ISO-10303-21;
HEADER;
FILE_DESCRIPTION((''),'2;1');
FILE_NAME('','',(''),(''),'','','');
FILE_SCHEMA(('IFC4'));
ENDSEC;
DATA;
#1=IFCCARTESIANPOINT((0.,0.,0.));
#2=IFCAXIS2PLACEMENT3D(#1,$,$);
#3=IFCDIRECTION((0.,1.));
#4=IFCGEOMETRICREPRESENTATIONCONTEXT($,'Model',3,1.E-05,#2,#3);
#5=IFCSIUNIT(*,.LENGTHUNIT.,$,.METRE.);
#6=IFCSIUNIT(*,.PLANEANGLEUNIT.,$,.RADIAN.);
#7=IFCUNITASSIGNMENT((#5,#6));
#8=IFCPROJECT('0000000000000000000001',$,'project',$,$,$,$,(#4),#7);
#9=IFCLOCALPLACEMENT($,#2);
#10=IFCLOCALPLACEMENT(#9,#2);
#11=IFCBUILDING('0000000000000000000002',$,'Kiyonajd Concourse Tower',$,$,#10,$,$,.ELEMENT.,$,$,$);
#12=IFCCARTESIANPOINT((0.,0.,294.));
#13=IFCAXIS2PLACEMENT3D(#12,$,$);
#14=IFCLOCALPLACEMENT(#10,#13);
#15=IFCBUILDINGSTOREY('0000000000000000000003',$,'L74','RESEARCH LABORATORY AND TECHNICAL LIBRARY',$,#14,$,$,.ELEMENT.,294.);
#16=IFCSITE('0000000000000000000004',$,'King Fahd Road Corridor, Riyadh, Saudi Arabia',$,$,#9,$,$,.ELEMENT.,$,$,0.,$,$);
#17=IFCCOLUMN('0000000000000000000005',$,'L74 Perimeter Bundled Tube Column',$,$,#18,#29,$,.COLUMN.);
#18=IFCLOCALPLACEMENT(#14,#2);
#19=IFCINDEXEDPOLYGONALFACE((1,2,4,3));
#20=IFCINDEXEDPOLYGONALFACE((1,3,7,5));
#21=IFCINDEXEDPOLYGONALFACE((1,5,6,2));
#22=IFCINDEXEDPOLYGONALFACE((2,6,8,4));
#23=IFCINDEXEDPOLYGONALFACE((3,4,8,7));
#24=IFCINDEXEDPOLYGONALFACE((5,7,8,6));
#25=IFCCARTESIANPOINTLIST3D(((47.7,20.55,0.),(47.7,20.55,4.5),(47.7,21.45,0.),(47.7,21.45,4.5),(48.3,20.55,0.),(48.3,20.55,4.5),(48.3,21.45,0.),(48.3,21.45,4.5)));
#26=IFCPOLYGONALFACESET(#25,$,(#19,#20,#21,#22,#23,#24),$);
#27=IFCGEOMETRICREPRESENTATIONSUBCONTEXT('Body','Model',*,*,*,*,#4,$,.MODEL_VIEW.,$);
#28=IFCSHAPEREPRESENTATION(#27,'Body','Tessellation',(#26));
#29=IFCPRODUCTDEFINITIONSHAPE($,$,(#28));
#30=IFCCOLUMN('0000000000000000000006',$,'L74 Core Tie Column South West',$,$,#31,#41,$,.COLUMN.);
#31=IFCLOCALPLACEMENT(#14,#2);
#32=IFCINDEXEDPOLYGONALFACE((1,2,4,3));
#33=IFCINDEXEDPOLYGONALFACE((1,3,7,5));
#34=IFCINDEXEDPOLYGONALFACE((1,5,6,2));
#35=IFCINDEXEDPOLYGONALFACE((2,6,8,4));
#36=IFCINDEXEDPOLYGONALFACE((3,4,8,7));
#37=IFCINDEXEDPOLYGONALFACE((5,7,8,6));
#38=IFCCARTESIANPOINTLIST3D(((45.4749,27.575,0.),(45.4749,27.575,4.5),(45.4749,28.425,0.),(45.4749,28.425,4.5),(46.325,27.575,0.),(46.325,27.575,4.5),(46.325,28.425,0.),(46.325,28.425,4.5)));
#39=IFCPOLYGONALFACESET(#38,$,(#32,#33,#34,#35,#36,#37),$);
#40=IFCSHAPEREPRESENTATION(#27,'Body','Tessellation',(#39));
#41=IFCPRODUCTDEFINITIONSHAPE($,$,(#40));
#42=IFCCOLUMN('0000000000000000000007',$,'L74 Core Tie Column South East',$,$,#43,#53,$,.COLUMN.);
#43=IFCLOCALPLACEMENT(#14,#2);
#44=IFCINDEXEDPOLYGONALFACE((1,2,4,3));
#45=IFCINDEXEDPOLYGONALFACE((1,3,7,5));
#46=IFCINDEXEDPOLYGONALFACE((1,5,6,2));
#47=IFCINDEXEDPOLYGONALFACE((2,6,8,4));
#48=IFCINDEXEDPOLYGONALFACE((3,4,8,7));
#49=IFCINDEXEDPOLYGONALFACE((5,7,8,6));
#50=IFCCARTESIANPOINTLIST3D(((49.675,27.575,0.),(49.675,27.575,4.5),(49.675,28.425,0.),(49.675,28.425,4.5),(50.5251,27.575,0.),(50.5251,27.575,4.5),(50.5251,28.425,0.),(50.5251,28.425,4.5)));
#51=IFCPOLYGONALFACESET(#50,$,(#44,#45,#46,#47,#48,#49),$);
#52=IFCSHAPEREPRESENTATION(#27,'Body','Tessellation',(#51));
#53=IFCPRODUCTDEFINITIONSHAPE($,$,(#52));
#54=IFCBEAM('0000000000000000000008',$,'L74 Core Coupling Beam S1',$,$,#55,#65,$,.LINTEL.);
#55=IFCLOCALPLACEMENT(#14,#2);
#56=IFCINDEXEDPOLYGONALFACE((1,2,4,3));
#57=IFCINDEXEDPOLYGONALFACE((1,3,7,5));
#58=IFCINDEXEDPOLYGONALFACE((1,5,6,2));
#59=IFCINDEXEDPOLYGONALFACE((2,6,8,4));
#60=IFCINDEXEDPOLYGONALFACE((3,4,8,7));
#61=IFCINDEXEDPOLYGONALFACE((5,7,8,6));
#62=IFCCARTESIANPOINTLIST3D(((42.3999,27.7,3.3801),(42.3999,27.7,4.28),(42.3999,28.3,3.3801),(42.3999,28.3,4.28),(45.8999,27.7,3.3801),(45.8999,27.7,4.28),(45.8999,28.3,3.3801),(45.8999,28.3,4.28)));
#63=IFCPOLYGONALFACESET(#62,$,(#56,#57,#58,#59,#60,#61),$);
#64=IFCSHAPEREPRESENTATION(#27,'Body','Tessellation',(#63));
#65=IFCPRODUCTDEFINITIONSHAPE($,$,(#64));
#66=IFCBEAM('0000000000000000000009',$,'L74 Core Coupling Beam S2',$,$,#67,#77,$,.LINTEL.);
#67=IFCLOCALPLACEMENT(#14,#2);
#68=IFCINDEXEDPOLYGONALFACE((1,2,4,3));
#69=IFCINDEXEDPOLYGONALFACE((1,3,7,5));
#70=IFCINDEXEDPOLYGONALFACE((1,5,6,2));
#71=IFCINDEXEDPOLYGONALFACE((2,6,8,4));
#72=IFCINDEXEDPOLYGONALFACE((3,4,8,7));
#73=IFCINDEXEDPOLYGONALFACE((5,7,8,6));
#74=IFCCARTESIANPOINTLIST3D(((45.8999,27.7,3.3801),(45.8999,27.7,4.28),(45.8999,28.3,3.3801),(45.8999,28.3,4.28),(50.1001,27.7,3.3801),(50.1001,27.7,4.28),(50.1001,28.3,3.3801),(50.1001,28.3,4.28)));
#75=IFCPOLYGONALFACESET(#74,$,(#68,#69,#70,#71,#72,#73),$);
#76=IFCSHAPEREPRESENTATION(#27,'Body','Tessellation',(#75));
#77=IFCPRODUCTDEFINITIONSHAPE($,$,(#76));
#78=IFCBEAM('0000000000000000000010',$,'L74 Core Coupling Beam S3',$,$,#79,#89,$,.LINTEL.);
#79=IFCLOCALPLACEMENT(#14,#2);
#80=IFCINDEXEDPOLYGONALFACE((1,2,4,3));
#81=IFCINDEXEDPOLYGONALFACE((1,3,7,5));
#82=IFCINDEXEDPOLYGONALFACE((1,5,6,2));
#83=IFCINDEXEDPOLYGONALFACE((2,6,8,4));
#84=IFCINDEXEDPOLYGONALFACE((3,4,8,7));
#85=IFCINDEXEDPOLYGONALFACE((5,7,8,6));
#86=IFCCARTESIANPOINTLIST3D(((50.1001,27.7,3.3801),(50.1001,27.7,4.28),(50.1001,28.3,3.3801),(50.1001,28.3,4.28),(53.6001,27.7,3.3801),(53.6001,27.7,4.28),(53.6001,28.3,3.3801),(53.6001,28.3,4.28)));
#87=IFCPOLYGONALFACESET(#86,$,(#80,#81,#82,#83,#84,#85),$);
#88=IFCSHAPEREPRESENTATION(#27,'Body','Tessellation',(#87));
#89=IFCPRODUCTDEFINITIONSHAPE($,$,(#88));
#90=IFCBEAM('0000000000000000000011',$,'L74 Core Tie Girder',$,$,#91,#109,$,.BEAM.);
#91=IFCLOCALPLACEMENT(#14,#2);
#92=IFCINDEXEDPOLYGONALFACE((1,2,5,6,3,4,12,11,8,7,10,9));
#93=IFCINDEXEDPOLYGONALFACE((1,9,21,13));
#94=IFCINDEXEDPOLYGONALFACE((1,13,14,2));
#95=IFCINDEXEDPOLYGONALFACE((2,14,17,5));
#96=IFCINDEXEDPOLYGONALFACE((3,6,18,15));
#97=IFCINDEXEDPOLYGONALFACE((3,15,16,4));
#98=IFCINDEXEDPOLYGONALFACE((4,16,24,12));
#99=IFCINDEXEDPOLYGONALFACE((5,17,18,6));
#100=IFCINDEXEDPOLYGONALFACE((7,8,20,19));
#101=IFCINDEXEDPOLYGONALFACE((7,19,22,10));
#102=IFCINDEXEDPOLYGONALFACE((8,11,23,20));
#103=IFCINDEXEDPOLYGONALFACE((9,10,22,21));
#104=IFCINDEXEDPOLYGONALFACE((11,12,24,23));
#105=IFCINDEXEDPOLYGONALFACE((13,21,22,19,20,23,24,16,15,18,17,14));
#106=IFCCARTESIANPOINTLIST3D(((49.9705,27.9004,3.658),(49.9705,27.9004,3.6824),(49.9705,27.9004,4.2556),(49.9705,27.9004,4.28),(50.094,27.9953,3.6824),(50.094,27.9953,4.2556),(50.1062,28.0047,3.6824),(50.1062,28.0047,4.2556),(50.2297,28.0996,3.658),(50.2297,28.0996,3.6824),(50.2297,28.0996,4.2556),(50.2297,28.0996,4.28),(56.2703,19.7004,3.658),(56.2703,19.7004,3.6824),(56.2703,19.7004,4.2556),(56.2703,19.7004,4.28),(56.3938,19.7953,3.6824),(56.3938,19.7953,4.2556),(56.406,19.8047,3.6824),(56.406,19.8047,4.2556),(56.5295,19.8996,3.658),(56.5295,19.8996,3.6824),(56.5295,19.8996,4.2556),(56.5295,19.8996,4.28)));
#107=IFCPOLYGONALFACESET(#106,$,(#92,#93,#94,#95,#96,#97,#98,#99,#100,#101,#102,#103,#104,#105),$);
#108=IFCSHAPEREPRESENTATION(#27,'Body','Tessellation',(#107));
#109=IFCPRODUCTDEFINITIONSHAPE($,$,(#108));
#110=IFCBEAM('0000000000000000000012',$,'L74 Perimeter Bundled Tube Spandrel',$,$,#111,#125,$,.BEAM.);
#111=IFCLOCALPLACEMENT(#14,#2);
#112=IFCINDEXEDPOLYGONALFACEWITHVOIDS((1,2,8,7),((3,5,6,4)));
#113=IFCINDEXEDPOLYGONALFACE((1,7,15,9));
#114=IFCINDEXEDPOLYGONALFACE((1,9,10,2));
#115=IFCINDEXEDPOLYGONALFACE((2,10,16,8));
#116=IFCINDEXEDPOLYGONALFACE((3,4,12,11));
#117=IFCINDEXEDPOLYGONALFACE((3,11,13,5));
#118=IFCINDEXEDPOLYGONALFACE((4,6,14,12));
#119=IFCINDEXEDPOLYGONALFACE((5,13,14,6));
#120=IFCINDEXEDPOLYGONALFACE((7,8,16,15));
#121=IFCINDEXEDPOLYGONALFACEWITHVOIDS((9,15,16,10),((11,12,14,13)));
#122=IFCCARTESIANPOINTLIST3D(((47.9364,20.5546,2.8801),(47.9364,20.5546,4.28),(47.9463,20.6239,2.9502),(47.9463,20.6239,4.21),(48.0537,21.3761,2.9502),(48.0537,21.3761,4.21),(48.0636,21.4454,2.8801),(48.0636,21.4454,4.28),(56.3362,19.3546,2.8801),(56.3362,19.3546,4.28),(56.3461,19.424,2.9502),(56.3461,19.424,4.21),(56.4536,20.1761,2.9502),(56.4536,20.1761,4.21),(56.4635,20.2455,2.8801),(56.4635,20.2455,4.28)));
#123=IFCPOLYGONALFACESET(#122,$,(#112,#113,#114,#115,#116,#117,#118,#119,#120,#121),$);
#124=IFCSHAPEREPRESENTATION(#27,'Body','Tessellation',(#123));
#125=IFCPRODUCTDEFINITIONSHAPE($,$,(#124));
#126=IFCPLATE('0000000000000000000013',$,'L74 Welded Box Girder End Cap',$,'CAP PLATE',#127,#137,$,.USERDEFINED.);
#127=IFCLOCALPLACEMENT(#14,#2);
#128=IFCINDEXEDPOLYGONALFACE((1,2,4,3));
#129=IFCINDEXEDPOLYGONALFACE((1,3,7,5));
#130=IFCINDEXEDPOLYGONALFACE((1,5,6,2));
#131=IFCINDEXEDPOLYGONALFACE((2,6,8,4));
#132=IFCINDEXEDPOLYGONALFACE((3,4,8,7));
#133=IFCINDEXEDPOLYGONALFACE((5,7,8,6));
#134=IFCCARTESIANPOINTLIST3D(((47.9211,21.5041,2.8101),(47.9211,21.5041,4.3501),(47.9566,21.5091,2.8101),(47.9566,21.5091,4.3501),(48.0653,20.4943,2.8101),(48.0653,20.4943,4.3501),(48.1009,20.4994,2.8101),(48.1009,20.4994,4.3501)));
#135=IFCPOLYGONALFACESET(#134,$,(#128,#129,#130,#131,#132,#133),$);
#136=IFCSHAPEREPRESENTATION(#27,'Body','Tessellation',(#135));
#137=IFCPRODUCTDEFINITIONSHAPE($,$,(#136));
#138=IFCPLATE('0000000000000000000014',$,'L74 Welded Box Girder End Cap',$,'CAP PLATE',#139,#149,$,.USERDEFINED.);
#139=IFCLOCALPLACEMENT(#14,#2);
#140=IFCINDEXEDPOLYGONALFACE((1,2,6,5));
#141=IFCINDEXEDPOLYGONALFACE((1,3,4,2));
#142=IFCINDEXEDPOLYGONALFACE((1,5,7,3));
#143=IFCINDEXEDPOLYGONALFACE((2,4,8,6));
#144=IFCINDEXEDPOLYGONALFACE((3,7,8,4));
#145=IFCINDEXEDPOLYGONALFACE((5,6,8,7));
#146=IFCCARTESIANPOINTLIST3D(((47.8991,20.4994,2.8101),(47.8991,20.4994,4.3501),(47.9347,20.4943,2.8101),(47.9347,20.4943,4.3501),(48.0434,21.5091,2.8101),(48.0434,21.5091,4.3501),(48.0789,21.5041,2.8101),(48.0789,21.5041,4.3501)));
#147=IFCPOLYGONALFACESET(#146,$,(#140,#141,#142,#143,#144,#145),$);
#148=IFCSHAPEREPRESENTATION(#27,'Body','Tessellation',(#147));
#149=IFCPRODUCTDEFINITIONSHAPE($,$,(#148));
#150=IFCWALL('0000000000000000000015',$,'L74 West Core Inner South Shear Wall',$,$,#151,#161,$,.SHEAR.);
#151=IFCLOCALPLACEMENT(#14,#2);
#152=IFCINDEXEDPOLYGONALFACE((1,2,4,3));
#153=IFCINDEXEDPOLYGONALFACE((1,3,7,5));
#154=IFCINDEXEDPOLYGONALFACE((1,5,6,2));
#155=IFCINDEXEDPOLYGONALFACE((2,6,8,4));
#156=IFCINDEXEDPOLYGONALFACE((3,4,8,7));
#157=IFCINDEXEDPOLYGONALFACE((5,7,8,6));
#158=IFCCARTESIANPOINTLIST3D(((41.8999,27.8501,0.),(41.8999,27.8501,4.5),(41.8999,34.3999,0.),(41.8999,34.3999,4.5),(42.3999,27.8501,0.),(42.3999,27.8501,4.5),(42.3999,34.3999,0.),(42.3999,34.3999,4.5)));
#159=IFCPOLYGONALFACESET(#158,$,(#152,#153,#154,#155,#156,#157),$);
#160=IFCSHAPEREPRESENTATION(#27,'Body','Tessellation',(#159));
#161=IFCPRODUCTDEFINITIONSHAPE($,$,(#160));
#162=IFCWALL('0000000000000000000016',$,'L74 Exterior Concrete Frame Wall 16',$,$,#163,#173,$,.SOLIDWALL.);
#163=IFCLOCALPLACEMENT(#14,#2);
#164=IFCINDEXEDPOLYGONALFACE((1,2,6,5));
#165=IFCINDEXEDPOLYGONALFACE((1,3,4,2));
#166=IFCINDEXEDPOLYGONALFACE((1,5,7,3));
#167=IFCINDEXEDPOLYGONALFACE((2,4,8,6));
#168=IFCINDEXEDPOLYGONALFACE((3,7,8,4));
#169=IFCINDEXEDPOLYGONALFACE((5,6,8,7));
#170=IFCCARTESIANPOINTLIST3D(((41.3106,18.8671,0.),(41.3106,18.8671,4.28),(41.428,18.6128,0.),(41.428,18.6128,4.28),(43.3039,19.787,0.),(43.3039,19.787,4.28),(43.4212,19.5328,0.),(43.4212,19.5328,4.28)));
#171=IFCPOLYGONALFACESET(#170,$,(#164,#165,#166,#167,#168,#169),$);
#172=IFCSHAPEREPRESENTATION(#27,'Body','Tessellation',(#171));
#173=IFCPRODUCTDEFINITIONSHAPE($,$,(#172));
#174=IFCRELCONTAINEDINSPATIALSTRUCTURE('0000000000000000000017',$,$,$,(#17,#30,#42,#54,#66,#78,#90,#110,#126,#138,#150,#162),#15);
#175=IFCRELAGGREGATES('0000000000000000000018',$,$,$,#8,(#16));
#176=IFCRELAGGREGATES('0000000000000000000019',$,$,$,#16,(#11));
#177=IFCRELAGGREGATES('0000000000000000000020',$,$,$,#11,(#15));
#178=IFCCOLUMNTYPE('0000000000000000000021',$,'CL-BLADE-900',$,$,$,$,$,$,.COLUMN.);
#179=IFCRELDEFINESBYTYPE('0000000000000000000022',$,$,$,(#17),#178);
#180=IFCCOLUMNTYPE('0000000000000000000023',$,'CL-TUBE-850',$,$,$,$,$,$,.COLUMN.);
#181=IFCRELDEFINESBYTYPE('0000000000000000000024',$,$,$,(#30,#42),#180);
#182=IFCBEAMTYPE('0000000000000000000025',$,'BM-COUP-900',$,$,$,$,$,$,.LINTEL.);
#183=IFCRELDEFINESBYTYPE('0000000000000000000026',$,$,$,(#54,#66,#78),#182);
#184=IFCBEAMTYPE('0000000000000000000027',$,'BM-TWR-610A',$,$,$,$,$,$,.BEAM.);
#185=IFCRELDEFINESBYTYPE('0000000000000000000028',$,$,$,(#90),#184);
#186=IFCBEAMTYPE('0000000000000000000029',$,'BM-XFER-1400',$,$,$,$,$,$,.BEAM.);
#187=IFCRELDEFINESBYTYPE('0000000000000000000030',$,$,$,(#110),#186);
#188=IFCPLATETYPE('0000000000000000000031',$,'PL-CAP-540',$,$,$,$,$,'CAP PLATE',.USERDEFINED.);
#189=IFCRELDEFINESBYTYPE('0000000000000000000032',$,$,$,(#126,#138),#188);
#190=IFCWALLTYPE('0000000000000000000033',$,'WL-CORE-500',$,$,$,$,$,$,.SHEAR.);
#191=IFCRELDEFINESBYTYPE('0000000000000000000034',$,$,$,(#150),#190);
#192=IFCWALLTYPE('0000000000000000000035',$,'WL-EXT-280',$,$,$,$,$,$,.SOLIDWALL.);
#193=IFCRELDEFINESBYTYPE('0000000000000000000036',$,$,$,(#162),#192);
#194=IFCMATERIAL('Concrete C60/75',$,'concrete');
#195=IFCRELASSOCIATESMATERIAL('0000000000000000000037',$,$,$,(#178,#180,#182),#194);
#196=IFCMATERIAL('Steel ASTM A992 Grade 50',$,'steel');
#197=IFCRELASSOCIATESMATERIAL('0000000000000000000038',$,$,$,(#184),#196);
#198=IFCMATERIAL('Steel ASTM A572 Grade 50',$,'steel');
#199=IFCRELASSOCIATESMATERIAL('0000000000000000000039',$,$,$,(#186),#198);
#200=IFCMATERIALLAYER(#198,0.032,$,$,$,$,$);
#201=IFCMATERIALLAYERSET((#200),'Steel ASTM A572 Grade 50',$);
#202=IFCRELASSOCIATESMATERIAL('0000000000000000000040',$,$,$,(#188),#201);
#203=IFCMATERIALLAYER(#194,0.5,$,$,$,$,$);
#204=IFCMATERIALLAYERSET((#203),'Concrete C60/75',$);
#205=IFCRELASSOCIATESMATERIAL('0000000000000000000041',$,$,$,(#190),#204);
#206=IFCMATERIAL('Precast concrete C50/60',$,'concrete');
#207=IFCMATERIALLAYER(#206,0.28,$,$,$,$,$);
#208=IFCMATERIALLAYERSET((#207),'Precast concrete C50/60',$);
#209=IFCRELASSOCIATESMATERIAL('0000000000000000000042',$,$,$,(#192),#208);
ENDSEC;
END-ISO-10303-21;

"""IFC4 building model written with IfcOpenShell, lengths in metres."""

from ifc_helpers import new_model, si_unit, direction, frame, frame_2d, origin, origin_2d, place, context, subcontext, project, spatial, rectangle, hollow_rectangle, i_section, extrude, material, layer, layer_set, material_profile, profile_set, type_object, element, save


model = new_model("IFC4")

# Units and contexts
model_context = context("Model", 3, precision=1e-05, world=origin(), true_north=direction((0.0, 1.0)))
body_context = subcontext(model_context, "Body", "Model", "MODEL_VIEW")
ifc_project = project(units=[si_unit("LENGTHUNIT", "METRE"), si_unit("PLANEANGLEUNIT", "RADIAN")], contexts=[model_context])

# Site, building, storey
site_placement = place(None, origin())
site = spatial("IfcSite", under=ifc_project, at=site_placement, Name="King Fahd Road Corridor, Riyadh, Saudi Arabia", CompositionType="ELEMENT", RefElevation=0.0)
building_placement = place(site_placement, origin())
building = spatial("IfcBuilding", under=site, at=building_placement, Name="Kiyonajd Concourse Tower", CompositionType="ELEMENT")
storey_placement = place(building_placement, frame((0.0, 0.0, 294.0)))
storey = spatial("IfcBuildingStorey", under=building, at=storey_placement, Name="L74", Description="RESEARCH LABORATORY AND TECHNICAL LIBRARY", CompositionType="ELEMENT", Elevation=294.0)

# Columns
ifc_material_1 = material(Name="Concrete C60/75", Category="concrete")
ifc_material_profile_1 = material_profile(ifc_material_1, rectangle(XDim=0.6001, YDim=0.8999, at=origin_2d()), Name="RC-900x600")
ifc_profile_set_1 = profile_set([ifc_material_profile_1], Name="Concrete C60/75")
column_type_1 = type_object("IfcColumnType", Name="CL-BLADE-900", PredefinedType="COLUMN", material=ifc_profile_set_1)
column_placement = place(storey_placement, frame((48.0, 21.0, 0.0), z_axis=(0.0, 0.0, 1.0), x_axis=(1.0, 0.0, 0.0)))
element("IfcColumn", 1, at=column_placement, inside=storey, type_object=column_type_1, Name="L74 Perimeter Bundled Tube Column", PredefinedType="COLUMN", context=body_context, shape_type="SweptSolid", body=[
    extrude(rectangle(XDim=0.6001, YDim=0.8999, at=origin_2d()), origin(), (0.0, 0.0, 1.0), 4.5),
])
ifc_material_profile_2 = material_profile(ifc_material_1, rectangle(XDim=0.8501, YDim=0.8501, at=origin_2d()), Name="RC-850x850")
ifc_profile_set_2 = profile_set([ifc_material_profile_2], Name="Concrete C60/75")
column_type_2 = type_object("IfcColumnType", Name="CL-TUBE-850", PredefinedType="COLUMN", material=ifc_profile_set_2)
for number, where, z_axis, x_axis, name in (
    (2, (45.8999, 28.0, 0.0), (0.0, 0.0, 1.0), (1.0, 0.0, 0.0), "L74 Core Tie Column South West"),
    (3, (50.1001, 28.0, 0.0), (0.0, 0.0, 1.0), (1.0, 0.0, 0.0), "L74 Core Tie Column South East"),
):
    element("IfcColumn", number, at=place(storey_placement, frame(where, z_axis=z_axis, x_axis=x_axis)), inside=storey, type_object=column_type_2, Name=name, PredefinedType="COLUMN", context=body_context, shape_type="SweptSolid", body=[
        extrude(rectangle(XDim=0.8501, YDim=0.8501, at=origin_2d()), origin(), (0.0, 0.0, 1.0), 4.5),
    ])

# Beams
ifc_material_profile_3 = material_profile(ifc_material_1, rectangle(XDim=0.6001, YDim=0.8999, at=origin_2d()), Name="RCBM-600x900")
ifc_profile_set_3 = profile_set([ifc_material_profile_3], Name="Concrete C60/75")
beam_type_1 = type_object("IfcBeamType", Name="BM-COUP-900", PredefinedType="LINTEL", material=ifc_profile_set_3)
beam_1_placement = place(storey_placement, frame((42.3999, 28.0, 3.8301), z_axis=(1.0, 0.0, 0.0), x_axis=(0.0, 1.0, 0.0)))
element("IfcBeam", 4, at=beam_1_placement, inside=storey, type_object=beam_type_1, Name="L74 Core Coupling Beam S1", PredefinedType="LINTEL", context=body_context, shape_type="SweptSolid", body=[
    extrude(rectangle(XDim=0.6001, YDim=0.8999, at=origin_2d()), origin(), (0.0, 0.0, 1.0), 3.5),
])
beam_2_placement = place(storey_placement, frame((45.8999, 28.0, 3.8301), z_axis=(1.0, 0.0, 0.0), x_axis=(0.0, 1.0, 0.0)))
element("IfcBeam", 5, at=beam_2_placement, inside=storey, type_object=beam_type_1, Name="L74 Core Coupling Beam S2", PredefinedType="LINTEL", context=body_context, shape_type="SweptSolid", body=[
    extrude(rectangle(XDim=0.6001, YDim=0.8999, at=origin_2d()), origin(), (0.0, 0.0, 1.0), 4.2002),
])
beam_3_placement = place(storey_placement, frame((50.1001, 28.0, 3.8301), z_axis=(1.0, 0.0, 0.0), x_axis=(0.0, 1.0, 0.0)))
element("IfcBeam", 6, at=beam_3_placement, inside=storey, type_object=beam_type_1, Name="L74 Core Coupling Beam S3", PredefinedType="LINTEL", context=body_context, shape_type="SweptSolid", body=[
    extrude(rectangle(XDim=0.6001, YDim=0.8999, at=origin_2d()), origin(), (0.0, 0.0, 1.0), 3.5),
])
ifc_material_2 = material(Name="Steel ASTM A992 Grade 50", Category="steel")
ifc_material_profile_4 = material_profile(ifc_material_2, i_section(OverallWidth=0.3269, OverallDepth=0.6221, WebThickness=0.0154, FlangeThickness=0.0244, at=origin_2d()), Name="W610X195")
ifc_profile_set_4 = profile_set([ifc_material_profile_4], Name="Steel ASTM A992 Grade 50")
beam_type_2 = type_object("IfcBeamType", Name="BM-TWR-610A", PredefinedType="BEAM", material=ifc_profile_set_4)
beam_4_placement = place(storey_placement, frame((50.1001, 28.0, 3.969), z_axis=(0.609234, -0.792991, 0.0), x_axis=(0.792991, 0.609234, 0.0)))
element("IfcBeam", 7, at=beam_4_placement, inside=storey, type_object=beam_type_2, Name="L74 Core Tie Girder", PredefinedType="BEAM", context=body_context, shape_type="SweptSolid", body=[
    extrude(i_section(OverallWidth=0.3269, OverallDepth=0.6221, WebThickness=0.0154, FlangeThickness=0.0244, at=origin_2d()), origin(), (0.0, 0.0, 1.0), 10.3406),
])
ifc_material_3 = material(Name="Steel ASTM A572 Grade 50", Category="steel")
ifc_material_profile_5 = material_profile(ifc_material_3, hollow_rectangle(XDim=0.8999, YDim=1.3999, WallThickness=0.0701, at=origin_2d()), Name="BOX-1400x900x70")
ifc_profile_set_5 = profile_set([ifc_material_profile_5], Name="Steel ASTM A572 Grade 50")
beam_type_3 = type_object("IfcBeamType", Name="BM-XFER-1400", PredefinedType="BEAM", material=ifc_profile_set_5)
beam_5_placement = place(storey_placement, frame((48.0, 21.0, 3.5801), z_axis=(0.98995, -0.141417, 0.0), x_axis=(0.141417, 0.98995, 0.0)))
element("IfcBeam", 8, at=beam_5_placement, inside=storey, type_object=beam_type_3, Name="L74 Perimeter Bundled Tube Spandrel", PredefinedType="BEAM", context=body_context, shape_type="SweptSolid", body=[
    extrude(hollow_rectangle(XDim=0.8999, YDim=1.3999, WallThickness=0.0701, at=origin_2d()), origin(), (0.0, 0.0, 1.0), 8.4851),
])

# Plates
ifc_layer_1 = layer(ifc_material_3, 0.032)
ifc_layer_set_1 = layer_set([ifc_layer_1], Name="Steel ASTM A572 Grade 50")
plate_type = type_object("IfcPlateType", Name="PL-CAP-540", ElementType="CAP PLATE", PredefinedType="USERDEFINED", material=ifc_layer_set_1)
for number, where, z_axis, x_axis, name in (
    (9, (48.011, 21.0017, 2.8101), (0.0, 0.0, 1.0), (0.98995, 0.14142, 0.0), "L74 Welded Box Girder End Cap"),
    (10, (47.989, 21.0017, 2.8101), (0.0, 0.0, 1.0), (-0.98995, 0.14142, 0.0), "L74 Welded Box Girder End Cap"),
):
    element("IfcPlate", number, at=place(storey_placement, frame(where, z_axis=z_axis, x_axis=x_axis)), inside=storey, type_object=plate_type, Name=name, ObjectType="CAP PLATE", PredefinedType="USERDEFINED", context=body_context, shape_type="SweptSolid", body=[
        extrude(rectangle(XDim=0.0359, YDim=1.02, at=origin_2d()), origin(), (0.0, 0.0, 1.0), 1.54),
    ])

# Walls
ifc_layer_2 = layer(ifc_material_1, 0.5)
ifc_layer_set_2 = layer_set([ifc_layer_2], Name="Concrete C60/75")
wall_type_1 = type_object("IfcWallType", Name="WL-CORE-500", PredefinedType="SHEAR", material=ifc_layer_set_2)
wall_1_placement = place(storey_placement, frame((42.1499, 27.8501, 0.0), z_axis=(0.0, 0.0, 1.0), x_axis=(0.0, 1.0, 0.0)))
element("IfcWall", 11, at=wall_1_placement, inside=storey, type_object=wall_type_1, Name="L74 West Core Inner South Shear Wall", PredefinedType="SHEAR", context=body_context, shape_type="SweptSolid", body=[
    extrude(rectangle(XDim=6.5498, YDim=0.5, at=frame_2d((3.2749, 0.0))), origin(), (0.0, 0.0, 1.0), 4.5),
])
ifc_material_4 = material(Name="Precast concrete C50/60", Category="concrete")
ifc_layer_3 = layer(ifc_material_4, 0.28)
ifc_layer_set_3 = layer_set([ifc_layer_3], Name="Precast concrete C50/60")
wall_type_2 = type_object("IfcWallType", Name="WL-EXT-280", PredefinedType="SOLIDWALL", material=ifc_layer_set_3)
wall_2_placement = place(storey_placement, frame((43.3625, 19.6599, 0.0), z_axis=(0.0, 0.0, 1.0), x_axis=(-0.907959, -0.419058, 0.0)))
element("IfcWall", 12, at=wall_2_placement, inside=storey, type_object=wall_type_2, Name="L74 Exterior Concrete Frame Wall 16", PredefinedType="SOLIDWALL", context=body_context, shape_type="SweptSolid", body=[
    extrude(rectangle(XDim=2.1953, YDim=0.28, at=frame_2d((1.0977, 0.0))), origin(), (0.0, 0.0, 1.0), 4.28),
])

save(model, "model.ifc")
